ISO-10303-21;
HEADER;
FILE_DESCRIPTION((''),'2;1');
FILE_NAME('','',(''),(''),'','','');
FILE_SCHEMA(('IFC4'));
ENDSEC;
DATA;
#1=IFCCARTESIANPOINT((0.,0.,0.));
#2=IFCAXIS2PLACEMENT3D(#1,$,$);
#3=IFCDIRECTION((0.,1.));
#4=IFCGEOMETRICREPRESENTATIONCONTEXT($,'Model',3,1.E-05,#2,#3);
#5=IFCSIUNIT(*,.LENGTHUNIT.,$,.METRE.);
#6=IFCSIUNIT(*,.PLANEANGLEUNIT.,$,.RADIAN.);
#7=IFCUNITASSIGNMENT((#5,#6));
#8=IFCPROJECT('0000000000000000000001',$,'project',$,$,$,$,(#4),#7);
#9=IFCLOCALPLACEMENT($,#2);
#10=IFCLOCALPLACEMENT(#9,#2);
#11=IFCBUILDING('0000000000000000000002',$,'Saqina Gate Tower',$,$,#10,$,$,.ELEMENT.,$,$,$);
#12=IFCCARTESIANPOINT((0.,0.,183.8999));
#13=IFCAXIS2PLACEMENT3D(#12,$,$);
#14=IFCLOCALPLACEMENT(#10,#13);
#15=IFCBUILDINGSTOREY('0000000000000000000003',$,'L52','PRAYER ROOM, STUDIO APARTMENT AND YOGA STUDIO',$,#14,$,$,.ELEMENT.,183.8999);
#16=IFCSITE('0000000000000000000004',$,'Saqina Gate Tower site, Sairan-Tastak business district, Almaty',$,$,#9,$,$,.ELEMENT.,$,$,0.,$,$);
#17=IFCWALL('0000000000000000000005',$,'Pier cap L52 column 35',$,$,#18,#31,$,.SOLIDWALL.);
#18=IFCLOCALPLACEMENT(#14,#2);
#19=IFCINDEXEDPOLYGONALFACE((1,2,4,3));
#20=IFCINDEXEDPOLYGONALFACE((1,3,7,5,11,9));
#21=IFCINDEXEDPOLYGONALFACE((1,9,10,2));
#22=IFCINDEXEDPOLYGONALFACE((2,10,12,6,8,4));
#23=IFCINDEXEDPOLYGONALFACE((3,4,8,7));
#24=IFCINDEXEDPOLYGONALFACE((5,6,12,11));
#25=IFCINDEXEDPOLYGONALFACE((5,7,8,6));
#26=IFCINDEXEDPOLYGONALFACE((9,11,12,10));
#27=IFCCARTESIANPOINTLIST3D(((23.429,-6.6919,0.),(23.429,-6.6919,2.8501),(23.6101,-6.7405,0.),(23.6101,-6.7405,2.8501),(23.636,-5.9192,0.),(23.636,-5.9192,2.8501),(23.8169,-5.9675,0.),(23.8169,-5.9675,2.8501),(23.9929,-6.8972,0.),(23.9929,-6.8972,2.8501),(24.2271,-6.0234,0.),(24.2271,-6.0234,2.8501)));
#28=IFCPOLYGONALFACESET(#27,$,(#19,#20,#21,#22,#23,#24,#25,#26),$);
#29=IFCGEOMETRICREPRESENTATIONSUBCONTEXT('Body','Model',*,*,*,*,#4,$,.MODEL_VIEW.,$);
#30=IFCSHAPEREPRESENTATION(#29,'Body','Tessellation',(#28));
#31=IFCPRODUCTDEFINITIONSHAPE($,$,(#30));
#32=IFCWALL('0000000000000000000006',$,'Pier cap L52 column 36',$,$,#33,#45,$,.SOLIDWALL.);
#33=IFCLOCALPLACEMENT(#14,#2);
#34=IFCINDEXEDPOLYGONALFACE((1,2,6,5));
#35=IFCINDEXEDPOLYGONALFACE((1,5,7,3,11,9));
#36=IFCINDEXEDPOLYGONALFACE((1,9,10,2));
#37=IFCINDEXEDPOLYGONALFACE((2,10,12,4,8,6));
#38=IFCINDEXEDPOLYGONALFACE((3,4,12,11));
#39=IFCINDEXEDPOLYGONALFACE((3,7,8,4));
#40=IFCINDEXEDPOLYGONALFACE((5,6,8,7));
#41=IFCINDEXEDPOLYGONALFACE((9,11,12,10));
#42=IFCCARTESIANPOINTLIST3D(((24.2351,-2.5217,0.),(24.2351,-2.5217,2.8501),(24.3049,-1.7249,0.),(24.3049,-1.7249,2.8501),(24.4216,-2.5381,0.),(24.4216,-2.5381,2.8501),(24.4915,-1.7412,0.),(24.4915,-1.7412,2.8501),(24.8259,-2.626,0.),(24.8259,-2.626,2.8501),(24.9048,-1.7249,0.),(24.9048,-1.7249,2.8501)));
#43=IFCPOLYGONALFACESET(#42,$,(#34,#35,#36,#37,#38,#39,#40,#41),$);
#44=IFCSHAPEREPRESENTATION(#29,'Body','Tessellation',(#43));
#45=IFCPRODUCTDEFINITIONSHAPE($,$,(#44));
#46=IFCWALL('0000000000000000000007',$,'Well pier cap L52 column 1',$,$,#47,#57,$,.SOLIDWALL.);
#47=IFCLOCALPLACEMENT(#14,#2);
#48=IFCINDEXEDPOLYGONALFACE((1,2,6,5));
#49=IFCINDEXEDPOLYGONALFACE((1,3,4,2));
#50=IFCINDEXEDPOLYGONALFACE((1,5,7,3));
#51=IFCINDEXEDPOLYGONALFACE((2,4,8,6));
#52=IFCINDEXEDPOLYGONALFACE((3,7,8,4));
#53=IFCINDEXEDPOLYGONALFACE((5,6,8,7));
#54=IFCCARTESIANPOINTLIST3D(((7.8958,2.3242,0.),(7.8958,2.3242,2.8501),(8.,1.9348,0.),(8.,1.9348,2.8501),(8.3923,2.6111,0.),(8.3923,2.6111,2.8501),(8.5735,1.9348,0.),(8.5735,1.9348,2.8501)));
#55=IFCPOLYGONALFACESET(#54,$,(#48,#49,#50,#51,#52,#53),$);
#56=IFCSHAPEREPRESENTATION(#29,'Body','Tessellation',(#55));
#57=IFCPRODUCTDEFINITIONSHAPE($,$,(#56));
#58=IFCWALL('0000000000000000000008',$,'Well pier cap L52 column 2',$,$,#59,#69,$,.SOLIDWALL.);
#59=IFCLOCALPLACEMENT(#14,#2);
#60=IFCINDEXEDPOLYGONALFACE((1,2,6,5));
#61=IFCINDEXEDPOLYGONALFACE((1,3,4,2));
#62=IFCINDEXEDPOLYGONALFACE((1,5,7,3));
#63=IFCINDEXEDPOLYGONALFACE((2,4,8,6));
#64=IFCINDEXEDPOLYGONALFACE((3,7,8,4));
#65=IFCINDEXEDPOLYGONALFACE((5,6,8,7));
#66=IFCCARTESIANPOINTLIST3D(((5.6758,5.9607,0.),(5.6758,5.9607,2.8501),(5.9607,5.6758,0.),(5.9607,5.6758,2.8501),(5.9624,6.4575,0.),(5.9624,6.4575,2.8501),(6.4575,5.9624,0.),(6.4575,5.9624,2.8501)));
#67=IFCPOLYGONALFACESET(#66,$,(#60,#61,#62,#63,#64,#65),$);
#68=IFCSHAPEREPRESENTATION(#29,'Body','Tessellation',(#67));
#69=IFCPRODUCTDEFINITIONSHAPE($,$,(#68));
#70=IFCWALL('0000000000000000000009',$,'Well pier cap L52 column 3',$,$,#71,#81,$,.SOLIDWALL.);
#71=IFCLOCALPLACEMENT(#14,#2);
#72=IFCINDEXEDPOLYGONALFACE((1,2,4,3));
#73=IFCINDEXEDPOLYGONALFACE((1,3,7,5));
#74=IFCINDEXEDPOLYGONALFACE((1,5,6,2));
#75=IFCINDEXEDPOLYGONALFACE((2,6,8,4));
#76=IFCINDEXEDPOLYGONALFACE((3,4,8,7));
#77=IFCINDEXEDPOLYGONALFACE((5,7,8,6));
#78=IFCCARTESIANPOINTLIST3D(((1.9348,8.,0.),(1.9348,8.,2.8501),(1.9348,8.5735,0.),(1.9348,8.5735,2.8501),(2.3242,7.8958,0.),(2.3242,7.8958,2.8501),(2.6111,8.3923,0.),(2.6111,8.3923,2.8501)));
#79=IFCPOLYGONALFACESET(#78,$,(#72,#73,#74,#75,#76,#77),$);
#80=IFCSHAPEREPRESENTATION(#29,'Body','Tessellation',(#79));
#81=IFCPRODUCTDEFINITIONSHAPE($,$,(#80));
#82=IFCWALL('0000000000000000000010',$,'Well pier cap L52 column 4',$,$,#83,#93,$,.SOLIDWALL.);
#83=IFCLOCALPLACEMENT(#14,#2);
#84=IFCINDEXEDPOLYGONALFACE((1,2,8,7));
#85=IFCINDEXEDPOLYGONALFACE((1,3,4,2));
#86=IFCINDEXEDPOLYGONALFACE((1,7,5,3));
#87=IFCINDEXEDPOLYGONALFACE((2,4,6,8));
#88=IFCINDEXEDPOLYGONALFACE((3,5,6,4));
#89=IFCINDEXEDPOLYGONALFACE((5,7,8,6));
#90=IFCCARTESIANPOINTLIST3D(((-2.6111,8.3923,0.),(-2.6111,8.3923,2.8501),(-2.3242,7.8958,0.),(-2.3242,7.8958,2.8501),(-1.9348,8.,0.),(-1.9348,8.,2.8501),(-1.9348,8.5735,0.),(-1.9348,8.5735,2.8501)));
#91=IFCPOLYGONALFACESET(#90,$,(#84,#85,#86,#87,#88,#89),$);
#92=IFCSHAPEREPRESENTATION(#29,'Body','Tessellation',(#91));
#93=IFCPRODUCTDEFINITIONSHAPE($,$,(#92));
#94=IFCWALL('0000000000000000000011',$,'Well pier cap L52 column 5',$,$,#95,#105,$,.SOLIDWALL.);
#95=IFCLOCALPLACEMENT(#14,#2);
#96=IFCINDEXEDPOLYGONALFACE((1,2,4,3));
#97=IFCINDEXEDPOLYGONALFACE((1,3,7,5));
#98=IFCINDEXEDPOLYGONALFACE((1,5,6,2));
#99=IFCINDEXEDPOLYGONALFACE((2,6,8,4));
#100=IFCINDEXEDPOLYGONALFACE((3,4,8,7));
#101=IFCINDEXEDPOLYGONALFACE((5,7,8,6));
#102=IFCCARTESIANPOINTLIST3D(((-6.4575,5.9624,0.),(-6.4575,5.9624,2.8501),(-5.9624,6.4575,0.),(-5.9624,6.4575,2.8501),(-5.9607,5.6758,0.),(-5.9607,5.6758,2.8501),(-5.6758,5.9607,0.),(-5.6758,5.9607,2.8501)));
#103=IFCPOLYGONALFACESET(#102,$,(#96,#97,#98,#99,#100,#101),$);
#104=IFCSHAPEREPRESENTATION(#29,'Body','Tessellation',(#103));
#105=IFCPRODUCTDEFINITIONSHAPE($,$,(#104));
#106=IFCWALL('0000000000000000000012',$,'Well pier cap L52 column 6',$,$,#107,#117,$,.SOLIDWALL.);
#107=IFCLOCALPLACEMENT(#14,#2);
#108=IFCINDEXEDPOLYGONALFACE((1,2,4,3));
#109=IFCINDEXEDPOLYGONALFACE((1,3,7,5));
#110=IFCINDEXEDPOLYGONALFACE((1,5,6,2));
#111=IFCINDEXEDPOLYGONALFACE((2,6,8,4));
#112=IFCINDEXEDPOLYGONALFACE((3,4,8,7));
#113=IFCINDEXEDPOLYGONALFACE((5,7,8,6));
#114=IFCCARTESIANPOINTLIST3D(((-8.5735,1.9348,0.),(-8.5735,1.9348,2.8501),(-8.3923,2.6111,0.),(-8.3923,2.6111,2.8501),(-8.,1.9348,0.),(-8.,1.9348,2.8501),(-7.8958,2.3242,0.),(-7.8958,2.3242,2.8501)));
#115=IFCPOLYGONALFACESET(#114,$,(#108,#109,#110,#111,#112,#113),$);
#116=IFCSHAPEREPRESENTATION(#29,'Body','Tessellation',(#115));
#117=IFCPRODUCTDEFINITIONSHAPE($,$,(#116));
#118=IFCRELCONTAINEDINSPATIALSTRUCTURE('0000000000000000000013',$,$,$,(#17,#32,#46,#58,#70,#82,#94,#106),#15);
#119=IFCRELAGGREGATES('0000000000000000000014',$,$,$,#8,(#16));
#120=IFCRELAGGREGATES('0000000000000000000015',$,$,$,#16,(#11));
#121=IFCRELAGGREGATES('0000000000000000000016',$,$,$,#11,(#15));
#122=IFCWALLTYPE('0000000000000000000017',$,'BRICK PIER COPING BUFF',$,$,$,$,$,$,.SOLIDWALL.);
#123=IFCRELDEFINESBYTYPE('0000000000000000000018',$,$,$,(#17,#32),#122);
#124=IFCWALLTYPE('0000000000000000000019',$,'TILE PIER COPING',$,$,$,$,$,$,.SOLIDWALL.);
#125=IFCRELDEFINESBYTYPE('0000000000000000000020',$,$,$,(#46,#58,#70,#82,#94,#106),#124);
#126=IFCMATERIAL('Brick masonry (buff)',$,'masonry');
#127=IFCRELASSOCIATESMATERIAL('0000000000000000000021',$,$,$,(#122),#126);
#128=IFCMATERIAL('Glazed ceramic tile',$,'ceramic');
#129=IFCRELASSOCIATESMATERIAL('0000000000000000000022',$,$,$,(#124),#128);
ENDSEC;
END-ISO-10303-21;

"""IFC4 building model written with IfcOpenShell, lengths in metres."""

from ifc_helpers import new_model, si_unit, direction, frame, origin, place, context, subcontext, project, spatial, polyline, outline, extrude, material, type_object, element, save


model = new_model("IFC4")

# Units and contexts
model_context = context("Model", 3, precision=1e-05, world=origin(), true_north=direction((0.0, 1.0)))
body_context = subcontext(model_context, "Body", "Model", "MODEL_VIEW")
ifc_project = project(units=[si_unit("LENGTHUNIT", "METRE"), si_unit("PLANEANGLEUNIT", "RADIAN")], contexts=[model_context])

# Site, building, storey
site_placement = place(None, origin())
site = spatial("IfcSite", under=ifc_project, at=site_placement, Name="Saqina Gate Tower site, Sairan-Tastak business district, Almaty", CompositionType="ELEMENT", RefElevation=0.0)
building_placement = place(site_placement, origin())
building = spatial("IfcBuilding", under=site, at=building_placement, Name="Saqina Gate Tower", CompositionType="ELEMENT")
storey_placement = place(building_placement, frame((0.0, 0.0, 183.8999)))
storey = spatial("IfcBuildingStorey", under=building, at=storey_placement, Name="L52", Description="PRAYER ROOM, STUDIO APARTMENT AND YOGA STUDIO", CompositionType="ELEMENT", Elevation=183.8999)

# Walls
ifc_material_1 = material(Name="Brick masonry (buff)", Category="masonry")
wall_type_1 = type_object("IfcWallType", Name="BRICK PIER COPING BUFF", PredefinedType="SOLIDWALL", material=ifc_material_1)
wall_1_placement = place(storey_placement, origin())
element("IfcWall", 1, at=wall_1_placement, inside=storey, type_object=wall_type_1, Name="Pier cap L52 column 35", PredefinedType="SOLIDWALL", context=body_context, shape_type="SweptSolid", body=[
    extrude(outline(polyline([(24.2271, -6.0234), (23.636, -5.9192), (23.8169, -5.9675), (23.6101, -6.7405), (23.429, -6.6919), (23.9929, -6.8972), (24.2271, -6.0234)])), origin(), (0.0, 0.0, 1.0), 2.8501),
])
wall_2_placement = place(storey_placement, origin())
element("IfcWall", 2, at=wall_2_placement, inside=storey, type_object=wall_type_1, Name="Pier cap L52 column 36", PredefinedType="SOLIDWALL", context=body_context, shape_type="SweptSolid", body=[
    extrude(outline(polyline([(24.8259, -2.626), (24.9048, -1.7249), (24.3049, -1.7249), (24.4915, -1.7412), (24.4216, -2.5381), (24.2351, -2.5217), (24.8259, -2.626)])), origin(), (0.0, 0.0, 1.0), 2.8501),
])
ifc_material_2 = material(Name="Glazed ceramic tile", Category="ceramic")
wall_type_2 = type_object("IfcWallType", Name="TILE PIER COPING", PredefinedType="SOLIDWALL", material=ifc_material_2)
wall_3_placement = place(storey_placement, origin())
element("IfcWall", 3, at=wall_3_placement, inside=storey, type_object=wall_type_2, Name="Well pier cap L52 column 1", PredefinedType="SOLIDWALL", context=body_context, shape_type="SweptSolid", body=[
    extrude(outline(polyline([(8.3923, 2.6111), (7.8958, 2.3242), (8.0, 1.9348), (8.5735, 1.9348), (8.3923, 2.6111)])), origin(), (0.0, 0.0, 1.0), 2.8501),
])
wall_4_placement = place(storey_placement, origin())
element("IfcWall", 4, at=wall_4_placement, inside=storey, type_object=wall_type_2, Name="Well pier cap L52 column 2", PredefinedType="SOLIDWALL", context=body_context, shape_type="SweptSolid", body=[
    extrude(outline(polyline([(5.9624, 6.4575), (5.6758, 5.9607), (5.9607, 5.6758), (6.4575, 5.9624), (5.9624, 6.4575)])), origin(), (0.0, 0.0, 1.0), 2.8501),
])
wall_5_placement = place(storey_placement, origin())
element("IfcWall", 5, at=wall_5_placement, inside=storey, type_object=wall_type_2, Name="Well pier cap L52 column 3", PredefinedType="SOLIDWALL", context=body_context, shape_type="SweptSolid", body=[
    extrude(outline(polyline([(1.9348, 8.5735), (1.9348, 8.0), (2.3242, 7.8958), (2.6111, 8.3923), (1.9348, 8.5735)])), origin(), (0.0, 0.0, 1.0), 2.8501),
])
wall_6_placement = place(storey_placement, origin())
element("IfcWall", 6, at=wall_6_placement, inside=storey, type_object=wall_type_2, Name="Well pier cap L52 column 4", PredefinedType="SOLIDWALL", context=body_context, shape_type="SweptSolid", body=[
    extrude(outline(polyline([(-1.9348, 8.0), (-1.9348, 8.5735), (-2.6111, 8.3923), (-2.3242, 7.8958), (-1.9348, 8.0)])), origin(), (0.0, 0.0, 1.0), 2.8501),
])
wall_7_placement = place(storey_placement, origin())
element("IfcWall", 7, at=wall_7_placement, inside=storey, type_object=wall_type_2, Name="Well pier cap L52 column 5", PredefinedType="SOLIDWALL", context=body_context, shape_type="SweptSolid", body=[
    extrude(outline(polyline([(-6.4575, 5.9624), (-5.9607, 5.6758), (-5.6758, 5.9607), (-5.9624, 6.4575), (-6.4575, 5.9624)])), origin(), (0.0, 0.0, 1.0), 2.8501),
])
wall_8_placement = place(storey_placement, origin())
element("IfcWall", 8, at=wall_8_placement, inside=storey, type_object=wall_type_2, Name="Well pier cap L52 column 6", PredefinedType="SOLIDWALL", context=body_context, shape_type="SweptSolid", body=[
    extrude(outline(polyline([(-8.5735, 1.9348), (-8.0, 1.9348), (-7.8958, 2.3242), (-8.3923, 2.6111), (-8.5735, 1.9348)])), origin(), (0.0, 0.0, 1.0), 2.8501),
])

save(model, "model.ifc")
